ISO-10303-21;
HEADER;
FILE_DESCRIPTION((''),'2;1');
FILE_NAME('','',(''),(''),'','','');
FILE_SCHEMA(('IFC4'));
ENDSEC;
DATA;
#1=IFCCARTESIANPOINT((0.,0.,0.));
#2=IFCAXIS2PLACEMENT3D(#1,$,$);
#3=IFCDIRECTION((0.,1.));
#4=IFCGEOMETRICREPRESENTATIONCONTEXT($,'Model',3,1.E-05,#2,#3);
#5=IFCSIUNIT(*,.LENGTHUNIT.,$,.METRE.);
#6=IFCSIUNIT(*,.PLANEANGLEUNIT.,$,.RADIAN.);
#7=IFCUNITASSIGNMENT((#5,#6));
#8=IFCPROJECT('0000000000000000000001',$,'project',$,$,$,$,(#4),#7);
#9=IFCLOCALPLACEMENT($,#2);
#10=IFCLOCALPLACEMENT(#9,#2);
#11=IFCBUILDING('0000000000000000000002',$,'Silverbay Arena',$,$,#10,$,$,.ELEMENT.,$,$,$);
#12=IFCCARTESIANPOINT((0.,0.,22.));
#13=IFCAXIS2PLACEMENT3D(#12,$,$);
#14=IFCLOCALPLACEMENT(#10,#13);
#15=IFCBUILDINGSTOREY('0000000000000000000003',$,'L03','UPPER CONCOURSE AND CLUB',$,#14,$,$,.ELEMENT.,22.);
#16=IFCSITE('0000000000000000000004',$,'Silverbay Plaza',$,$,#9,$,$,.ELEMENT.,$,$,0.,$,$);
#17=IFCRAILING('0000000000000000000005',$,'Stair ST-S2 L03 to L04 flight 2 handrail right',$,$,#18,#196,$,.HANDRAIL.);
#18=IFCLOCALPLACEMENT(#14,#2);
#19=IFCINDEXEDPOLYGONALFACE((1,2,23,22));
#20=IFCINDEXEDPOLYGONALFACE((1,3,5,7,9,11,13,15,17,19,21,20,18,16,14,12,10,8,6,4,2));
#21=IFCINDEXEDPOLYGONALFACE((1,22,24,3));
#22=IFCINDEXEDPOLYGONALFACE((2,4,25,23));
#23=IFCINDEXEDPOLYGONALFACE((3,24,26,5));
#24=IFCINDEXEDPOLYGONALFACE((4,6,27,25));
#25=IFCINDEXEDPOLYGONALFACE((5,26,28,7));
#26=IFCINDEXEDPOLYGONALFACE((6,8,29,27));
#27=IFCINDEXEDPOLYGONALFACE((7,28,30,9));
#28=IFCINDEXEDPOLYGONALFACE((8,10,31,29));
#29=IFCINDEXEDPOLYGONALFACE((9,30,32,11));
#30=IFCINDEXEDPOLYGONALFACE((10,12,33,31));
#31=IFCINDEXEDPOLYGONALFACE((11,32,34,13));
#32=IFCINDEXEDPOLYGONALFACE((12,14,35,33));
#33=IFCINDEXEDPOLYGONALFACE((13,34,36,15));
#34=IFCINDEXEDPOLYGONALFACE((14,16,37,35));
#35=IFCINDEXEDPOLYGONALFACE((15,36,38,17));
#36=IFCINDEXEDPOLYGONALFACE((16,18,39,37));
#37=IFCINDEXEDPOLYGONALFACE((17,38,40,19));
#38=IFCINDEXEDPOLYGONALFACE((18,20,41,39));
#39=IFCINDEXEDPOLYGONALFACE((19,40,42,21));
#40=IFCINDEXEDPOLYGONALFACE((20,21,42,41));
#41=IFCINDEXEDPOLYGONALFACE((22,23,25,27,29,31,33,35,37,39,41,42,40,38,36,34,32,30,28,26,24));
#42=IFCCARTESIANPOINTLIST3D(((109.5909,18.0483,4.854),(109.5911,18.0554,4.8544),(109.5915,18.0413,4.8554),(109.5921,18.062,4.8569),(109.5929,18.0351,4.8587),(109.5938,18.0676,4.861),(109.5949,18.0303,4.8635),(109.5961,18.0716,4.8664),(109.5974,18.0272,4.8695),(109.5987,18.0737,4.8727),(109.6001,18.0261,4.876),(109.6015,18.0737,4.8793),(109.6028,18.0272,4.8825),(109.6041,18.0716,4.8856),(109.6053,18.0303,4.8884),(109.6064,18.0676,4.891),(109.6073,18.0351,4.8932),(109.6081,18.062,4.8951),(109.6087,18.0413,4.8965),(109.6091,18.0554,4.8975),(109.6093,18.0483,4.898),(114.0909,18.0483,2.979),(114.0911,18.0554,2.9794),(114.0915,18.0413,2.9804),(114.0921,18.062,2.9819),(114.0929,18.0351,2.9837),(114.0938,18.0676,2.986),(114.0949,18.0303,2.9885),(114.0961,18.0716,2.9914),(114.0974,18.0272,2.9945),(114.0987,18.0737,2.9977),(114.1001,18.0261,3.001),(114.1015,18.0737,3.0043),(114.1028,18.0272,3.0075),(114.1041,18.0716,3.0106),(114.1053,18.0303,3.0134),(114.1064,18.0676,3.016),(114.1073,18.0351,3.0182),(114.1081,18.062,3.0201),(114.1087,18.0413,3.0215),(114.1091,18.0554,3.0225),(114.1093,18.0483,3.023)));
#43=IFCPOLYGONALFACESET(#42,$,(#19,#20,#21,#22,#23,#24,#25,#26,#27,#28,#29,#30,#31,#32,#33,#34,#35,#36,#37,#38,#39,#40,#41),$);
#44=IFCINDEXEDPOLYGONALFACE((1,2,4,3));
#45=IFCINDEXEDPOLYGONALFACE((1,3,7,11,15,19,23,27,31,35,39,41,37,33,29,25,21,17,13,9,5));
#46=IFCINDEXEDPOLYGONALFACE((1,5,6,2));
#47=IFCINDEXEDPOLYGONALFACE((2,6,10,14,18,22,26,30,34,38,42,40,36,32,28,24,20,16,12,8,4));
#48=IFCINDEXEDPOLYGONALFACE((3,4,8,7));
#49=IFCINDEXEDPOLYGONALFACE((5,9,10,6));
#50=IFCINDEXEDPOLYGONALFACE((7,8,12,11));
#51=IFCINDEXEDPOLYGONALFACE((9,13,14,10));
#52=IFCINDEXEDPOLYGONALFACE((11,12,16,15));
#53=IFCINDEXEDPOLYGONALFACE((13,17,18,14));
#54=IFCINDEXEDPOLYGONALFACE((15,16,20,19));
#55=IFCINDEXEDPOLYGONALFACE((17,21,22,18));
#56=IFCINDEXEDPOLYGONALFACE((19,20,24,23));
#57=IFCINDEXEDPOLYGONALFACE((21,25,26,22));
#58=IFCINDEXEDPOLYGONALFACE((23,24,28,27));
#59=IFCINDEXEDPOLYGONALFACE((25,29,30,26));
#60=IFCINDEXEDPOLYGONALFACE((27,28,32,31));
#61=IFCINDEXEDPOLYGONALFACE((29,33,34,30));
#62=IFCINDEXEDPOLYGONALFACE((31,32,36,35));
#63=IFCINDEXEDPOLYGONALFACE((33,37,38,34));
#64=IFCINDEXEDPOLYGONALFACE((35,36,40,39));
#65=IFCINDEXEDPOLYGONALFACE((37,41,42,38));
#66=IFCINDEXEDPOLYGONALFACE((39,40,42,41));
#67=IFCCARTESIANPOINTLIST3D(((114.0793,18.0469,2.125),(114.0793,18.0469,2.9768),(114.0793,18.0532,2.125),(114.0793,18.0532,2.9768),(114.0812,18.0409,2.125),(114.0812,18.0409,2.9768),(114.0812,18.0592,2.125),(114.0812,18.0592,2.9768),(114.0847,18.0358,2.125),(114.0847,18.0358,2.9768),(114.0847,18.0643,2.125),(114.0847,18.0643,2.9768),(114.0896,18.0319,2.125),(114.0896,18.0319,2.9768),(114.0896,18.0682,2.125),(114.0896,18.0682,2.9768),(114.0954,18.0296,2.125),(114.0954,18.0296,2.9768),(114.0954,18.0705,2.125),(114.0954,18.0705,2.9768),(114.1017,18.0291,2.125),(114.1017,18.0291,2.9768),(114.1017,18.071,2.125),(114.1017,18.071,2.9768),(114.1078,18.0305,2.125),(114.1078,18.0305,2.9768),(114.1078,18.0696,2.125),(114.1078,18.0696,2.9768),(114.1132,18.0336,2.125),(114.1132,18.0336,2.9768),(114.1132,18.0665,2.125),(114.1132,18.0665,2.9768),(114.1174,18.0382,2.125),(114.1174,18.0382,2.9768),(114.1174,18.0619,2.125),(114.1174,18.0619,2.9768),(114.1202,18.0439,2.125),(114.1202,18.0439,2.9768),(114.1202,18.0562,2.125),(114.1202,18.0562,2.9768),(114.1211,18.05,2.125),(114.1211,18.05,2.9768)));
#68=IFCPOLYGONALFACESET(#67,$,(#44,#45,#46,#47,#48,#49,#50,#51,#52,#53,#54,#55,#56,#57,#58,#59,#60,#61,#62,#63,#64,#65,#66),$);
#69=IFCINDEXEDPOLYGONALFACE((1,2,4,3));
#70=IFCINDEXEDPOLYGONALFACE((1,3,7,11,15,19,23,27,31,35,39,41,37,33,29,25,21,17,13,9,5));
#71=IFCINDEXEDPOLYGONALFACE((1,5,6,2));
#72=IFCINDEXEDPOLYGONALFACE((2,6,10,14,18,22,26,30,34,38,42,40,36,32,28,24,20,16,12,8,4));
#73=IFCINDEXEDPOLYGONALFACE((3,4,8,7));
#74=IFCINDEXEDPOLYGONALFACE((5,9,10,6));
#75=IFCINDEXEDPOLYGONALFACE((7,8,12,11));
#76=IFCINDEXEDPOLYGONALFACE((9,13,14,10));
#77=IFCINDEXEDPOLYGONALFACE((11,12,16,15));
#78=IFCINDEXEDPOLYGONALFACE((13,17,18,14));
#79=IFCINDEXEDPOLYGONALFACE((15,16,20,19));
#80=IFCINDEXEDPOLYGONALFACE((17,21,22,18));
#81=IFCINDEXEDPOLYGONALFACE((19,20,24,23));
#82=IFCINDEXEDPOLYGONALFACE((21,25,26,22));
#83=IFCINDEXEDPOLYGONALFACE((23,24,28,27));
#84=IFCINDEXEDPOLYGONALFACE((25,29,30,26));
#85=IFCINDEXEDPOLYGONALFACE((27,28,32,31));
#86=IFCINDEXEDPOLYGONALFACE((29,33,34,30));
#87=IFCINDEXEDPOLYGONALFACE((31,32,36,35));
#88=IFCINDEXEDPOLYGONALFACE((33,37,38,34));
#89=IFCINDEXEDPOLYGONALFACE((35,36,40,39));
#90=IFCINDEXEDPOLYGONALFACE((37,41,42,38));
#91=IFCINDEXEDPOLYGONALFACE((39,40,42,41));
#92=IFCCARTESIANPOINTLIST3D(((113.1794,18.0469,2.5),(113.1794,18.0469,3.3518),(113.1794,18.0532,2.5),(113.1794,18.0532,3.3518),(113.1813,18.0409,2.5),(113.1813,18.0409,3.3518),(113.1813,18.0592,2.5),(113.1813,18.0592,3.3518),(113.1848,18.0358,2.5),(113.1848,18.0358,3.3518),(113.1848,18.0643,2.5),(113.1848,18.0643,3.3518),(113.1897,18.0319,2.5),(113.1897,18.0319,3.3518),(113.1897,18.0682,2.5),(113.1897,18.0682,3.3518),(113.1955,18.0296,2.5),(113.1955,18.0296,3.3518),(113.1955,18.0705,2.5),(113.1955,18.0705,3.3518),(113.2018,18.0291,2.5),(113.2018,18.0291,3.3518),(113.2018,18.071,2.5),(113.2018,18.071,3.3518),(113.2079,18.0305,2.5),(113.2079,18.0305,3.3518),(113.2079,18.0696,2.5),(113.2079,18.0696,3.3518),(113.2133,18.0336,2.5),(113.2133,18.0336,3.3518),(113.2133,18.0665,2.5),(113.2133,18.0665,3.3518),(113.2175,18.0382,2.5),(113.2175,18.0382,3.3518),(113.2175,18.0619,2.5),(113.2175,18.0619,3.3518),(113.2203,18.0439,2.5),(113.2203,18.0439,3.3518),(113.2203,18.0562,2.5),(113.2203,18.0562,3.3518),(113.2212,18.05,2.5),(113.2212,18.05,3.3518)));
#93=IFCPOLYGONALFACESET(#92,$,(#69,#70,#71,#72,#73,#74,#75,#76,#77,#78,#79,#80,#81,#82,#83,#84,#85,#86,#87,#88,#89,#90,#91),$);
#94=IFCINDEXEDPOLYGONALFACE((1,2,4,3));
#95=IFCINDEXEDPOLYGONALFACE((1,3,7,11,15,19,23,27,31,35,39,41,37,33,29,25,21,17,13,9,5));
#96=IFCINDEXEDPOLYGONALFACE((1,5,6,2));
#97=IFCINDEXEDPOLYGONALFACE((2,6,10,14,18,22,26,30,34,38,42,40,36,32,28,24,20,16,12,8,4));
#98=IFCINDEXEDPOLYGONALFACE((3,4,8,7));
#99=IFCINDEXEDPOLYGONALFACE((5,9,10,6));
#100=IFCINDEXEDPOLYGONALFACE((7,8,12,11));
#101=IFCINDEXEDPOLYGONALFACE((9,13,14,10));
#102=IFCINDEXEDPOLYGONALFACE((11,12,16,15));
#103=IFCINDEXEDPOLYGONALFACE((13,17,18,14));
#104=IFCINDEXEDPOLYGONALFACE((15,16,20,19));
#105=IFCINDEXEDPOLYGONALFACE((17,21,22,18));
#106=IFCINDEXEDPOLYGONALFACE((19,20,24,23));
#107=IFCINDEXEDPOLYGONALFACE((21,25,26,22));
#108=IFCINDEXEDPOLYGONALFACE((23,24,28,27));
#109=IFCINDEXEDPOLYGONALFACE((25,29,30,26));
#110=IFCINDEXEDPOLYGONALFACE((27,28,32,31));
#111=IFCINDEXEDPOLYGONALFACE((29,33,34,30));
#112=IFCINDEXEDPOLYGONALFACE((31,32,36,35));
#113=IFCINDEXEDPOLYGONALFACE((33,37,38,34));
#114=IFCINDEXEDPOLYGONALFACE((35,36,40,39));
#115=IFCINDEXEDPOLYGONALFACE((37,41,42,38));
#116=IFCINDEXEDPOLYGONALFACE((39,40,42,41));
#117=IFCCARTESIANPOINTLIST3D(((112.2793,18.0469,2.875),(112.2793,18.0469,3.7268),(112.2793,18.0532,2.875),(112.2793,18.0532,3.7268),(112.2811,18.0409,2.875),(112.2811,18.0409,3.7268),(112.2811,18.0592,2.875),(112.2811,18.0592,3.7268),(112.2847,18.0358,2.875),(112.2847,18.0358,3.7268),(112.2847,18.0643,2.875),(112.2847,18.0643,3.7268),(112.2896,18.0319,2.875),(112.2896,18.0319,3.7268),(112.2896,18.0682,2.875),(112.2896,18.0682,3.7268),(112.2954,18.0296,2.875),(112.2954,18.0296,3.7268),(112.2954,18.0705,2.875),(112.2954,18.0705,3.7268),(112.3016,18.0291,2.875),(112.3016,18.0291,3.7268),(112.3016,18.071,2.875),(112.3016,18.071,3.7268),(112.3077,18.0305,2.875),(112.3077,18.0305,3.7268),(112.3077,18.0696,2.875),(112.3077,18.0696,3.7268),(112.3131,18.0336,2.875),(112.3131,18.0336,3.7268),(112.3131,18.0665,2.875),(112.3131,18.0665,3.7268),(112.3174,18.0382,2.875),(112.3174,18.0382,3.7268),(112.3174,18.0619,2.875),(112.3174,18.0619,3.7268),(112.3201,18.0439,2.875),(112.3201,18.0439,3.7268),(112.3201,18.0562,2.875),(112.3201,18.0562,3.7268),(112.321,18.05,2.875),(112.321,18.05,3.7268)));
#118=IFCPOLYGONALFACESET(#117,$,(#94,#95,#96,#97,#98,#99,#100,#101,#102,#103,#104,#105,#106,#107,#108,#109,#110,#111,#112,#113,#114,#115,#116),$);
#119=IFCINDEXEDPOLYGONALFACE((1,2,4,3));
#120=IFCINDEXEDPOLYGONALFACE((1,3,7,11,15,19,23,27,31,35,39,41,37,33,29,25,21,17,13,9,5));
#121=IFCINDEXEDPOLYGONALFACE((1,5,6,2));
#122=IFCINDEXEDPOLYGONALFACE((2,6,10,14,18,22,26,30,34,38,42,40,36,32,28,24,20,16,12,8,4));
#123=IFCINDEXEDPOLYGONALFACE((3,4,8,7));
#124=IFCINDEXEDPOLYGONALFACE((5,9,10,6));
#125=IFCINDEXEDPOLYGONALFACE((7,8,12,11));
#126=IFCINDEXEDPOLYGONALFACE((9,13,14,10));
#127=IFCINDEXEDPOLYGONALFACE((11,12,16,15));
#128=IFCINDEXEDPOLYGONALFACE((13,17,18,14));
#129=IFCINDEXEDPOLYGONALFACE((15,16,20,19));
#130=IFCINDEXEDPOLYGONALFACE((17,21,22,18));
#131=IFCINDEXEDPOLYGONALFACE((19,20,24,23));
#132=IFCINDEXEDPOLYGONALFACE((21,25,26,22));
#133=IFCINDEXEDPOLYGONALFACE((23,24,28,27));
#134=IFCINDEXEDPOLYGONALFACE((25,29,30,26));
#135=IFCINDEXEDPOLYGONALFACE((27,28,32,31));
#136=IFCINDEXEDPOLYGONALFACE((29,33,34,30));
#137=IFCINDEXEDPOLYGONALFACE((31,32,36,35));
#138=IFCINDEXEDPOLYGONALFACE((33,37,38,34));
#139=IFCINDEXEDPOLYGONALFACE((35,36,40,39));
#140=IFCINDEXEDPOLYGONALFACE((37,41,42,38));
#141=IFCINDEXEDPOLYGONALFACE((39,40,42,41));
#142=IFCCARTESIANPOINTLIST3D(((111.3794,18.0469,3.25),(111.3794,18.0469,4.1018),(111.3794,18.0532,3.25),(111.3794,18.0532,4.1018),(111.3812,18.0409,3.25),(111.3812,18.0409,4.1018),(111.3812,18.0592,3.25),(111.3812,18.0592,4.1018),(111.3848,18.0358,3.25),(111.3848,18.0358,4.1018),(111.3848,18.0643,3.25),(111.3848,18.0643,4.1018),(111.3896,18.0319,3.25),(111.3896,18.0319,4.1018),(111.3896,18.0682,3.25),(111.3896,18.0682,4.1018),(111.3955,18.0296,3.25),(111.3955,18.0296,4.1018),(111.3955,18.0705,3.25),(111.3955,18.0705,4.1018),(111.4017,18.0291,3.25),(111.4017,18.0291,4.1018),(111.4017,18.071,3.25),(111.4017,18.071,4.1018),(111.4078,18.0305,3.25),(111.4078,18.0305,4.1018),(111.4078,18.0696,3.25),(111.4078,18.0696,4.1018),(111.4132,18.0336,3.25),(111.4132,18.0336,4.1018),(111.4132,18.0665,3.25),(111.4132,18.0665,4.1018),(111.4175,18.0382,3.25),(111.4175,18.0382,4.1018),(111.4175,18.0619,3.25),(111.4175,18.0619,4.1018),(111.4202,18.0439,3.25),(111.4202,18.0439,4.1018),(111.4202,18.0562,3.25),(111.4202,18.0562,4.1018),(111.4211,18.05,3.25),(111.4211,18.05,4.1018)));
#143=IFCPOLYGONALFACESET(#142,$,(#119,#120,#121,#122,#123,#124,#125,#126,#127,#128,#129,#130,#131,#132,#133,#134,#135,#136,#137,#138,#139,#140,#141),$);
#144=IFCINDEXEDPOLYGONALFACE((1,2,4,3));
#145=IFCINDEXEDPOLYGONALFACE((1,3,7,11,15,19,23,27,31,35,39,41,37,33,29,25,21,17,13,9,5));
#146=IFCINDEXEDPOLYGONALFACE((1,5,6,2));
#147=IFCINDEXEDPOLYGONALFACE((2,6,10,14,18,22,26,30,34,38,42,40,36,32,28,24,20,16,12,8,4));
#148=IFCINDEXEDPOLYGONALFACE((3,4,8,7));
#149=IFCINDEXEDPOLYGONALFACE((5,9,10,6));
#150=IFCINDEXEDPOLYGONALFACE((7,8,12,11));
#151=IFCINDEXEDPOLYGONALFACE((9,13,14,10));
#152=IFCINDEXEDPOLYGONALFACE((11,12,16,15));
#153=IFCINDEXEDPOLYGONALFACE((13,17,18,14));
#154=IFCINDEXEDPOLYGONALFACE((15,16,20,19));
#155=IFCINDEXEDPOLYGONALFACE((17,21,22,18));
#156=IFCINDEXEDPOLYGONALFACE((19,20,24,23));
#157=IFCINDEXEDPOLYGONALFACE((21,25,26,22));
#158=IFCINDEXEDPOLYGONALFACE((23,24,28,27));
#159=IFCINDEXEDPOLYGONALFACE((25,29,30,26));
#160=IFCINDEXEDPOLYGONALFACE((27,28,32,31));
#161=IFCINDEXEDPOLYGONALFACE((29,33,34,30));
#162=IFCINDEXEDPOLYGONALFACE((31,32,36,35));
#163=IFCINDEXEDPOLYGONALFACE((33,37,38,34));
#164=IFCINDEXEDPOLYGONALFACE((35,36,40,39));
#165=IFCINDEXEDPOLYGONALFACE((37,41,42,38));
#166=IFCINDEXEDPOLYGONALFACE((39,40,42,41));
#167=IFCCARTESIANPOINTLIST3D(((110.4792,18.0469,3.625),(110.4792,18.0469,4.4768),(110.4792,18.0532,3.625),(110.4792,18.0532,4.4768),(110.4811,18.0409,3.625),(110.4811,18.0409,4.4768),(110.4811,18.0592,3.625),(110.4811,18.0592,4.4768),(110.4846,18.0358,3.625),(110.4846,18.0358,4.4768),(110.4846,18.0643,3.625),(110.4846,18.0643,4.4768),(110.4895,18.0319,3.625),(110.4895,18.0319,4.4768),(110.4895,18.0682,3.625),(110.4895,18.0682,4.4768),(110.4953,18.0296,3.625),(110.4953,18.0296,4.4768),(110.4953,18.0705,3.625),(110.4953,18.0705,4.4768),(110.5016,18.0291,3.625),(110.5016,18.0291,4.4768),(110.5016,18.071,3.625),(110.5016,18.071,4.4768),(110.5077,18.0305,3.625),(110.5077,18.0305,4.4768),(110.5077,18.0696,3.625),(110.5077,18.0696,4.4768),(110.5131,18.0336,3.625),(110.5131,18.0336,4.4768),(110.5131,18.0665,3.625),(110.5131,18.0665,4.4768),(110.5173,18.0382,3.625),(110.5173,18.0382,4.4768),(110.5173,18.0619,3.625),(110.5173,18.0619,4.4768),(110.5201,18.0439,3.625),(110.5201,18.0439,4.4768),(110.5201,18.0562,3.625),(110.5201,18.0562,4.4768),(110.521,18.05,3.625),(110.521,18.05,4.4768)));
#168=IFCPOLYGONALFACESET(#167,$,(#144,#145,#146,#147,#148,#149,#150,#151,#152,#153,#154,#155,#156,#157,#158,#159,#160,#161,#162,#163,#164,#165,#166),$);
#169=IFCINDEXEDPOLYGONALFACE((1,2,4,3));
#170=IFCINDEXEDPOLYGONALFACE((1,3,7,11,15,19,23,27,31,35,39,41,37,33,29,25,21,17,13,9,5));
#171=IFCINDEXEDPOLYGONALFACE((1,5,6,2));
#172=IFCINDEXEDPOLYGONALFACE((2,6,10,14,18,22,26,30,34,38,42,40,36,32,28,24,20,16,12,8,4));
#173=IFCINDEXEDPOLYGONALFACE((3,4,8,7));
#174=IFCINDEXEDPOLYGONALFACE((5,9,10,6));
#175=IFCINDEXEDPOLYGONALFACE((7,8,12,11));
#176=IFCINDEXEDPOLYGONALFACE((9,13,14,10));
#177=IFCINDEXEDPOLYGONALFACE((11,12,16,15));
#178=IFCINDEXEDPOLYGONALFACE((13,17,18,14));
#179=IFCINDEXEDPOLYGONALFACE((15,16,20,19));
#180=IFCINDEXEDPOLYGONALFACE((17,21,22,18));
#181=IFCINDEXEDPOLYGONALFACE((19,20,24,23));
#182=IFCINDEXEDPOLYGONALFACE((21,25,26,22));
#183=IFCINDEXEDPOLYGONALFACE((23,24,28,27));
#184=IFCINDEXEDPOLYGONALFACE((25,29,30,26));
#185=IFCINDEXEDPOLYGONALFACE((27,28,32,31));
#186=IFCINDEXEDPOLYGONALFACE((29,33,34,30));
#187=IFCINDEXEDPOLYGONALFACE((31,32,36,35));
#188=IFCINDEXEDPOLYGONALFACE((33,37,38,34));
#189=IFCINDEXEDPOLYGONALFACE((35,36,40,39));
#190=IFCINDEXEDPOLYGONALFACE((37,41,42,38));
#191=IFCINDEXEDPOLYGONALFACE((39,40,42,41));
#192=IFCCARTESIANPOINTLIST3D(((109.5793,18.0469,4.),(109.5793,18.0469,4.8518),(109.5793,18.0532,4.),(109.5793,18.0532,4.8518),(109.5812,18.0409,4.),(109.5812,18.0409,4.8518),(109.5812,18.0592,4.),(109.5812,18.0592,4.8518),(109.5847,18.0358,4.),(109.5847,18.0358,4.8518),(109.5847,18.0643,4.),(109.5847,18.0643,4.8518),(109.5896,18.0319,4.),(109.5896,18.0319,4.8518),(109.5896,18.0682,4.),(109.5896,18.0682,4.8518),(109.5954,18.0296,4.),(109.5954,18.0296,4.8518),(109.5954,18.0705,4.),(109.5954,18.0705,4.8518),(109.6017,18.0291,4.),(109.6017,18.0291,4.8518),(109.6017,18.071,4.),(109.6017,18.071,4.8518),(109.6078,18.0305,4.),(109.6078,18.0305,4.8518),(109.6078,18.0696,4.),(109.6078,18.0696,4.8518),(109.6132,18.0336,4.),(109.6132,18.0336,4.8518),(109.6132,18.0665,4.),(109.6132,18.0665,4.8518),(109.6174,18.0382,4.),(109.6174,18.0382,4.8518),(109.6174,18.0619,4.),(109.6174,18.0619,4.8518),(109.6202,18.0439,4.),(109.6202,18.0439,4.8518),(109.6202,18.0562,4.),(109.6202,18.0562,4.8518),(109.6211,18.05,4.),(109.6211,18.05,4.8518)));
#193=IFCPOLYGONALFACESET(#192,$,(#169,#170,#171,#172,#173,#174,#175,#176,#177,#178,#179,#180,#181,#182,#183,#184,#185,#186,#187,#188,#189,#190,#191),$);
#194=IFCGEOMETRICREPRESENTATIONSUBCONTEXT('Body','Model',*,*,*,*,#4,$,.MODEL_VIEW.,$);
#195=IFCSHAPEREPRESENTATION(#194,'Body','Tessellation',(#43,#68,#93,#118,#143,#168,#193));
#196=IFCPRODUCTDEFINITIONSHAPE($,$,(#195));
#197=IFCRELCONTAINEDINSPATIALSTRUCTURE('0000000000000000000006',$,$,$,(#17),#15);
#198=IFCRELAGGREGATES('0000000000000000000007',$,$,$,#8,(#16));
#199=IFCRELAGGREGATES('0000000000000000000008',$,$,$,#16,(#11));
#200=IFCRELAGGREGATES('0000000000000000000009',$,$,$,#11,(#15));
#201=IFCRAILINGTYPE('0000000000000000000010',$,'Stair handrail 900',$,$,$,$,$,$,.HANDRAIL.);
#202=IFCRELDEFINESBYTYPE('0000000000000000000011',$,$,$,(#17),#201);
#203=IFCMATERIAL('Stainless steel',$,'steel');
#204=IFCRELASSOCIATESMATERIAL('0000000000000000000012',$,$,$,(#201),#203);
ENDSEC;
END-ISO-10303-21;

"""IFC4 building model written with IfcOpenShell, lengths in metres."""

from ifc_helpers import new_model, si_unit, direction, frame, origin, origin_2d, place, context, subcontext, project, spatial, circle, extrude, material, type_object, element, save


model = new_model("IFC4")

# Units and contexts
model_context = context("Model", 3, precision=1e-05, world=origin(), true_north=direction((0.0, 1.0)))
body_context = subcontext(model_context, "Body", "Model", "MODEL_VIEW")
ifc_project = project(units=[si_unit("LENGTHUNIT", "METRE"), si_unit("PLANEANGLEUNIT", "RADIAN")], contexts=[model_context])

# Site, building, storey
site_placement = place(None, origin())
site = spatial("IfcSite", under=ifc_project, at=site_placement, Name="Silverbay Plaza", CompositionType="ELEMENT", RefElevation=0.0)
building_placement = place(site_placement, origin())
building = spatial("IfcBuilding", under=site, at=building_placement, Name="Silverbay Arena", CompositionType="ELEMENT")
storey_placement = place(building_placement, frame((0.0, 0.0, 22.0)))
storey = spatial("IfcBuildingStorey", under=building, at=storey_placement, Name="L03", Description="UPPER CONCOURSE AND CLUB", CompositionType="ELEMENT", Elevation=22.0)

# Railing
ifc_material_1 = material(Name="Stainless steel", Category="steel")
railing_type_1 = type_object("IfcRailingType", Name="Stair handrail 900", PredefinedType="HANDRAIL", material=ifc_material_1)
for number, where, name in (
    (1, (114.1001, 18.05, 2.125), "Stair ST-S2 L03 to L04 flight 2 handrail right"),
):
    element("IfcRailing", number, at=place(storey_placement, frame(where)), inside=storey, type_object=railing_type_1, Name=name, PredefinedType="HANDRAIL", context=body_context, shape_type="SweptSolid", body=[
        extrude(circle(Radius=0.0239, at=origin_2d()), frame((0.0, 0.0, 0.876), z_axis=(-0.923077, 0.0, 0.384615), x_axis=(0.0, -1.0, 0.0)), (0.0, 0.0, 1.0), 4.875),
        extrude(circle(Radius=0.021, at=origin_2d()), origin(), (0.0, 0.0, 1.0), 0.8518),
        extrude(circle(Radius=0.021, at=origin_2d()), frame((-0.8999, 0.0, 0.375)), (0.0, 0.0, 1.0), 0.8518),
        extrude(circle(Radius=0.021, at=origin_2d()), frame((-1.8, 0.0, 0.75)), (0.0, 0.0, 1.0), 0.8518),
        extrude(circle(Radius=0.021, at=origin_2d()), frame((-2.7, 0.0, 1.125)), (0.0, 0.0, 1.0), 0.8518),
        extrude(circle(Radius=0.021, at=origin_2d()), frame((-3.6001, 0.0, 1.5)), (0.0, 0.0, 1.0), 0.8518),
        extrude(circle(Radius=0.021, at=origin_2d()), frame((-4.5, 0.0, 1.875)), (0.0, 0.0, 1.0), 0.8518),
    ])

save(model, "model.ifc")
